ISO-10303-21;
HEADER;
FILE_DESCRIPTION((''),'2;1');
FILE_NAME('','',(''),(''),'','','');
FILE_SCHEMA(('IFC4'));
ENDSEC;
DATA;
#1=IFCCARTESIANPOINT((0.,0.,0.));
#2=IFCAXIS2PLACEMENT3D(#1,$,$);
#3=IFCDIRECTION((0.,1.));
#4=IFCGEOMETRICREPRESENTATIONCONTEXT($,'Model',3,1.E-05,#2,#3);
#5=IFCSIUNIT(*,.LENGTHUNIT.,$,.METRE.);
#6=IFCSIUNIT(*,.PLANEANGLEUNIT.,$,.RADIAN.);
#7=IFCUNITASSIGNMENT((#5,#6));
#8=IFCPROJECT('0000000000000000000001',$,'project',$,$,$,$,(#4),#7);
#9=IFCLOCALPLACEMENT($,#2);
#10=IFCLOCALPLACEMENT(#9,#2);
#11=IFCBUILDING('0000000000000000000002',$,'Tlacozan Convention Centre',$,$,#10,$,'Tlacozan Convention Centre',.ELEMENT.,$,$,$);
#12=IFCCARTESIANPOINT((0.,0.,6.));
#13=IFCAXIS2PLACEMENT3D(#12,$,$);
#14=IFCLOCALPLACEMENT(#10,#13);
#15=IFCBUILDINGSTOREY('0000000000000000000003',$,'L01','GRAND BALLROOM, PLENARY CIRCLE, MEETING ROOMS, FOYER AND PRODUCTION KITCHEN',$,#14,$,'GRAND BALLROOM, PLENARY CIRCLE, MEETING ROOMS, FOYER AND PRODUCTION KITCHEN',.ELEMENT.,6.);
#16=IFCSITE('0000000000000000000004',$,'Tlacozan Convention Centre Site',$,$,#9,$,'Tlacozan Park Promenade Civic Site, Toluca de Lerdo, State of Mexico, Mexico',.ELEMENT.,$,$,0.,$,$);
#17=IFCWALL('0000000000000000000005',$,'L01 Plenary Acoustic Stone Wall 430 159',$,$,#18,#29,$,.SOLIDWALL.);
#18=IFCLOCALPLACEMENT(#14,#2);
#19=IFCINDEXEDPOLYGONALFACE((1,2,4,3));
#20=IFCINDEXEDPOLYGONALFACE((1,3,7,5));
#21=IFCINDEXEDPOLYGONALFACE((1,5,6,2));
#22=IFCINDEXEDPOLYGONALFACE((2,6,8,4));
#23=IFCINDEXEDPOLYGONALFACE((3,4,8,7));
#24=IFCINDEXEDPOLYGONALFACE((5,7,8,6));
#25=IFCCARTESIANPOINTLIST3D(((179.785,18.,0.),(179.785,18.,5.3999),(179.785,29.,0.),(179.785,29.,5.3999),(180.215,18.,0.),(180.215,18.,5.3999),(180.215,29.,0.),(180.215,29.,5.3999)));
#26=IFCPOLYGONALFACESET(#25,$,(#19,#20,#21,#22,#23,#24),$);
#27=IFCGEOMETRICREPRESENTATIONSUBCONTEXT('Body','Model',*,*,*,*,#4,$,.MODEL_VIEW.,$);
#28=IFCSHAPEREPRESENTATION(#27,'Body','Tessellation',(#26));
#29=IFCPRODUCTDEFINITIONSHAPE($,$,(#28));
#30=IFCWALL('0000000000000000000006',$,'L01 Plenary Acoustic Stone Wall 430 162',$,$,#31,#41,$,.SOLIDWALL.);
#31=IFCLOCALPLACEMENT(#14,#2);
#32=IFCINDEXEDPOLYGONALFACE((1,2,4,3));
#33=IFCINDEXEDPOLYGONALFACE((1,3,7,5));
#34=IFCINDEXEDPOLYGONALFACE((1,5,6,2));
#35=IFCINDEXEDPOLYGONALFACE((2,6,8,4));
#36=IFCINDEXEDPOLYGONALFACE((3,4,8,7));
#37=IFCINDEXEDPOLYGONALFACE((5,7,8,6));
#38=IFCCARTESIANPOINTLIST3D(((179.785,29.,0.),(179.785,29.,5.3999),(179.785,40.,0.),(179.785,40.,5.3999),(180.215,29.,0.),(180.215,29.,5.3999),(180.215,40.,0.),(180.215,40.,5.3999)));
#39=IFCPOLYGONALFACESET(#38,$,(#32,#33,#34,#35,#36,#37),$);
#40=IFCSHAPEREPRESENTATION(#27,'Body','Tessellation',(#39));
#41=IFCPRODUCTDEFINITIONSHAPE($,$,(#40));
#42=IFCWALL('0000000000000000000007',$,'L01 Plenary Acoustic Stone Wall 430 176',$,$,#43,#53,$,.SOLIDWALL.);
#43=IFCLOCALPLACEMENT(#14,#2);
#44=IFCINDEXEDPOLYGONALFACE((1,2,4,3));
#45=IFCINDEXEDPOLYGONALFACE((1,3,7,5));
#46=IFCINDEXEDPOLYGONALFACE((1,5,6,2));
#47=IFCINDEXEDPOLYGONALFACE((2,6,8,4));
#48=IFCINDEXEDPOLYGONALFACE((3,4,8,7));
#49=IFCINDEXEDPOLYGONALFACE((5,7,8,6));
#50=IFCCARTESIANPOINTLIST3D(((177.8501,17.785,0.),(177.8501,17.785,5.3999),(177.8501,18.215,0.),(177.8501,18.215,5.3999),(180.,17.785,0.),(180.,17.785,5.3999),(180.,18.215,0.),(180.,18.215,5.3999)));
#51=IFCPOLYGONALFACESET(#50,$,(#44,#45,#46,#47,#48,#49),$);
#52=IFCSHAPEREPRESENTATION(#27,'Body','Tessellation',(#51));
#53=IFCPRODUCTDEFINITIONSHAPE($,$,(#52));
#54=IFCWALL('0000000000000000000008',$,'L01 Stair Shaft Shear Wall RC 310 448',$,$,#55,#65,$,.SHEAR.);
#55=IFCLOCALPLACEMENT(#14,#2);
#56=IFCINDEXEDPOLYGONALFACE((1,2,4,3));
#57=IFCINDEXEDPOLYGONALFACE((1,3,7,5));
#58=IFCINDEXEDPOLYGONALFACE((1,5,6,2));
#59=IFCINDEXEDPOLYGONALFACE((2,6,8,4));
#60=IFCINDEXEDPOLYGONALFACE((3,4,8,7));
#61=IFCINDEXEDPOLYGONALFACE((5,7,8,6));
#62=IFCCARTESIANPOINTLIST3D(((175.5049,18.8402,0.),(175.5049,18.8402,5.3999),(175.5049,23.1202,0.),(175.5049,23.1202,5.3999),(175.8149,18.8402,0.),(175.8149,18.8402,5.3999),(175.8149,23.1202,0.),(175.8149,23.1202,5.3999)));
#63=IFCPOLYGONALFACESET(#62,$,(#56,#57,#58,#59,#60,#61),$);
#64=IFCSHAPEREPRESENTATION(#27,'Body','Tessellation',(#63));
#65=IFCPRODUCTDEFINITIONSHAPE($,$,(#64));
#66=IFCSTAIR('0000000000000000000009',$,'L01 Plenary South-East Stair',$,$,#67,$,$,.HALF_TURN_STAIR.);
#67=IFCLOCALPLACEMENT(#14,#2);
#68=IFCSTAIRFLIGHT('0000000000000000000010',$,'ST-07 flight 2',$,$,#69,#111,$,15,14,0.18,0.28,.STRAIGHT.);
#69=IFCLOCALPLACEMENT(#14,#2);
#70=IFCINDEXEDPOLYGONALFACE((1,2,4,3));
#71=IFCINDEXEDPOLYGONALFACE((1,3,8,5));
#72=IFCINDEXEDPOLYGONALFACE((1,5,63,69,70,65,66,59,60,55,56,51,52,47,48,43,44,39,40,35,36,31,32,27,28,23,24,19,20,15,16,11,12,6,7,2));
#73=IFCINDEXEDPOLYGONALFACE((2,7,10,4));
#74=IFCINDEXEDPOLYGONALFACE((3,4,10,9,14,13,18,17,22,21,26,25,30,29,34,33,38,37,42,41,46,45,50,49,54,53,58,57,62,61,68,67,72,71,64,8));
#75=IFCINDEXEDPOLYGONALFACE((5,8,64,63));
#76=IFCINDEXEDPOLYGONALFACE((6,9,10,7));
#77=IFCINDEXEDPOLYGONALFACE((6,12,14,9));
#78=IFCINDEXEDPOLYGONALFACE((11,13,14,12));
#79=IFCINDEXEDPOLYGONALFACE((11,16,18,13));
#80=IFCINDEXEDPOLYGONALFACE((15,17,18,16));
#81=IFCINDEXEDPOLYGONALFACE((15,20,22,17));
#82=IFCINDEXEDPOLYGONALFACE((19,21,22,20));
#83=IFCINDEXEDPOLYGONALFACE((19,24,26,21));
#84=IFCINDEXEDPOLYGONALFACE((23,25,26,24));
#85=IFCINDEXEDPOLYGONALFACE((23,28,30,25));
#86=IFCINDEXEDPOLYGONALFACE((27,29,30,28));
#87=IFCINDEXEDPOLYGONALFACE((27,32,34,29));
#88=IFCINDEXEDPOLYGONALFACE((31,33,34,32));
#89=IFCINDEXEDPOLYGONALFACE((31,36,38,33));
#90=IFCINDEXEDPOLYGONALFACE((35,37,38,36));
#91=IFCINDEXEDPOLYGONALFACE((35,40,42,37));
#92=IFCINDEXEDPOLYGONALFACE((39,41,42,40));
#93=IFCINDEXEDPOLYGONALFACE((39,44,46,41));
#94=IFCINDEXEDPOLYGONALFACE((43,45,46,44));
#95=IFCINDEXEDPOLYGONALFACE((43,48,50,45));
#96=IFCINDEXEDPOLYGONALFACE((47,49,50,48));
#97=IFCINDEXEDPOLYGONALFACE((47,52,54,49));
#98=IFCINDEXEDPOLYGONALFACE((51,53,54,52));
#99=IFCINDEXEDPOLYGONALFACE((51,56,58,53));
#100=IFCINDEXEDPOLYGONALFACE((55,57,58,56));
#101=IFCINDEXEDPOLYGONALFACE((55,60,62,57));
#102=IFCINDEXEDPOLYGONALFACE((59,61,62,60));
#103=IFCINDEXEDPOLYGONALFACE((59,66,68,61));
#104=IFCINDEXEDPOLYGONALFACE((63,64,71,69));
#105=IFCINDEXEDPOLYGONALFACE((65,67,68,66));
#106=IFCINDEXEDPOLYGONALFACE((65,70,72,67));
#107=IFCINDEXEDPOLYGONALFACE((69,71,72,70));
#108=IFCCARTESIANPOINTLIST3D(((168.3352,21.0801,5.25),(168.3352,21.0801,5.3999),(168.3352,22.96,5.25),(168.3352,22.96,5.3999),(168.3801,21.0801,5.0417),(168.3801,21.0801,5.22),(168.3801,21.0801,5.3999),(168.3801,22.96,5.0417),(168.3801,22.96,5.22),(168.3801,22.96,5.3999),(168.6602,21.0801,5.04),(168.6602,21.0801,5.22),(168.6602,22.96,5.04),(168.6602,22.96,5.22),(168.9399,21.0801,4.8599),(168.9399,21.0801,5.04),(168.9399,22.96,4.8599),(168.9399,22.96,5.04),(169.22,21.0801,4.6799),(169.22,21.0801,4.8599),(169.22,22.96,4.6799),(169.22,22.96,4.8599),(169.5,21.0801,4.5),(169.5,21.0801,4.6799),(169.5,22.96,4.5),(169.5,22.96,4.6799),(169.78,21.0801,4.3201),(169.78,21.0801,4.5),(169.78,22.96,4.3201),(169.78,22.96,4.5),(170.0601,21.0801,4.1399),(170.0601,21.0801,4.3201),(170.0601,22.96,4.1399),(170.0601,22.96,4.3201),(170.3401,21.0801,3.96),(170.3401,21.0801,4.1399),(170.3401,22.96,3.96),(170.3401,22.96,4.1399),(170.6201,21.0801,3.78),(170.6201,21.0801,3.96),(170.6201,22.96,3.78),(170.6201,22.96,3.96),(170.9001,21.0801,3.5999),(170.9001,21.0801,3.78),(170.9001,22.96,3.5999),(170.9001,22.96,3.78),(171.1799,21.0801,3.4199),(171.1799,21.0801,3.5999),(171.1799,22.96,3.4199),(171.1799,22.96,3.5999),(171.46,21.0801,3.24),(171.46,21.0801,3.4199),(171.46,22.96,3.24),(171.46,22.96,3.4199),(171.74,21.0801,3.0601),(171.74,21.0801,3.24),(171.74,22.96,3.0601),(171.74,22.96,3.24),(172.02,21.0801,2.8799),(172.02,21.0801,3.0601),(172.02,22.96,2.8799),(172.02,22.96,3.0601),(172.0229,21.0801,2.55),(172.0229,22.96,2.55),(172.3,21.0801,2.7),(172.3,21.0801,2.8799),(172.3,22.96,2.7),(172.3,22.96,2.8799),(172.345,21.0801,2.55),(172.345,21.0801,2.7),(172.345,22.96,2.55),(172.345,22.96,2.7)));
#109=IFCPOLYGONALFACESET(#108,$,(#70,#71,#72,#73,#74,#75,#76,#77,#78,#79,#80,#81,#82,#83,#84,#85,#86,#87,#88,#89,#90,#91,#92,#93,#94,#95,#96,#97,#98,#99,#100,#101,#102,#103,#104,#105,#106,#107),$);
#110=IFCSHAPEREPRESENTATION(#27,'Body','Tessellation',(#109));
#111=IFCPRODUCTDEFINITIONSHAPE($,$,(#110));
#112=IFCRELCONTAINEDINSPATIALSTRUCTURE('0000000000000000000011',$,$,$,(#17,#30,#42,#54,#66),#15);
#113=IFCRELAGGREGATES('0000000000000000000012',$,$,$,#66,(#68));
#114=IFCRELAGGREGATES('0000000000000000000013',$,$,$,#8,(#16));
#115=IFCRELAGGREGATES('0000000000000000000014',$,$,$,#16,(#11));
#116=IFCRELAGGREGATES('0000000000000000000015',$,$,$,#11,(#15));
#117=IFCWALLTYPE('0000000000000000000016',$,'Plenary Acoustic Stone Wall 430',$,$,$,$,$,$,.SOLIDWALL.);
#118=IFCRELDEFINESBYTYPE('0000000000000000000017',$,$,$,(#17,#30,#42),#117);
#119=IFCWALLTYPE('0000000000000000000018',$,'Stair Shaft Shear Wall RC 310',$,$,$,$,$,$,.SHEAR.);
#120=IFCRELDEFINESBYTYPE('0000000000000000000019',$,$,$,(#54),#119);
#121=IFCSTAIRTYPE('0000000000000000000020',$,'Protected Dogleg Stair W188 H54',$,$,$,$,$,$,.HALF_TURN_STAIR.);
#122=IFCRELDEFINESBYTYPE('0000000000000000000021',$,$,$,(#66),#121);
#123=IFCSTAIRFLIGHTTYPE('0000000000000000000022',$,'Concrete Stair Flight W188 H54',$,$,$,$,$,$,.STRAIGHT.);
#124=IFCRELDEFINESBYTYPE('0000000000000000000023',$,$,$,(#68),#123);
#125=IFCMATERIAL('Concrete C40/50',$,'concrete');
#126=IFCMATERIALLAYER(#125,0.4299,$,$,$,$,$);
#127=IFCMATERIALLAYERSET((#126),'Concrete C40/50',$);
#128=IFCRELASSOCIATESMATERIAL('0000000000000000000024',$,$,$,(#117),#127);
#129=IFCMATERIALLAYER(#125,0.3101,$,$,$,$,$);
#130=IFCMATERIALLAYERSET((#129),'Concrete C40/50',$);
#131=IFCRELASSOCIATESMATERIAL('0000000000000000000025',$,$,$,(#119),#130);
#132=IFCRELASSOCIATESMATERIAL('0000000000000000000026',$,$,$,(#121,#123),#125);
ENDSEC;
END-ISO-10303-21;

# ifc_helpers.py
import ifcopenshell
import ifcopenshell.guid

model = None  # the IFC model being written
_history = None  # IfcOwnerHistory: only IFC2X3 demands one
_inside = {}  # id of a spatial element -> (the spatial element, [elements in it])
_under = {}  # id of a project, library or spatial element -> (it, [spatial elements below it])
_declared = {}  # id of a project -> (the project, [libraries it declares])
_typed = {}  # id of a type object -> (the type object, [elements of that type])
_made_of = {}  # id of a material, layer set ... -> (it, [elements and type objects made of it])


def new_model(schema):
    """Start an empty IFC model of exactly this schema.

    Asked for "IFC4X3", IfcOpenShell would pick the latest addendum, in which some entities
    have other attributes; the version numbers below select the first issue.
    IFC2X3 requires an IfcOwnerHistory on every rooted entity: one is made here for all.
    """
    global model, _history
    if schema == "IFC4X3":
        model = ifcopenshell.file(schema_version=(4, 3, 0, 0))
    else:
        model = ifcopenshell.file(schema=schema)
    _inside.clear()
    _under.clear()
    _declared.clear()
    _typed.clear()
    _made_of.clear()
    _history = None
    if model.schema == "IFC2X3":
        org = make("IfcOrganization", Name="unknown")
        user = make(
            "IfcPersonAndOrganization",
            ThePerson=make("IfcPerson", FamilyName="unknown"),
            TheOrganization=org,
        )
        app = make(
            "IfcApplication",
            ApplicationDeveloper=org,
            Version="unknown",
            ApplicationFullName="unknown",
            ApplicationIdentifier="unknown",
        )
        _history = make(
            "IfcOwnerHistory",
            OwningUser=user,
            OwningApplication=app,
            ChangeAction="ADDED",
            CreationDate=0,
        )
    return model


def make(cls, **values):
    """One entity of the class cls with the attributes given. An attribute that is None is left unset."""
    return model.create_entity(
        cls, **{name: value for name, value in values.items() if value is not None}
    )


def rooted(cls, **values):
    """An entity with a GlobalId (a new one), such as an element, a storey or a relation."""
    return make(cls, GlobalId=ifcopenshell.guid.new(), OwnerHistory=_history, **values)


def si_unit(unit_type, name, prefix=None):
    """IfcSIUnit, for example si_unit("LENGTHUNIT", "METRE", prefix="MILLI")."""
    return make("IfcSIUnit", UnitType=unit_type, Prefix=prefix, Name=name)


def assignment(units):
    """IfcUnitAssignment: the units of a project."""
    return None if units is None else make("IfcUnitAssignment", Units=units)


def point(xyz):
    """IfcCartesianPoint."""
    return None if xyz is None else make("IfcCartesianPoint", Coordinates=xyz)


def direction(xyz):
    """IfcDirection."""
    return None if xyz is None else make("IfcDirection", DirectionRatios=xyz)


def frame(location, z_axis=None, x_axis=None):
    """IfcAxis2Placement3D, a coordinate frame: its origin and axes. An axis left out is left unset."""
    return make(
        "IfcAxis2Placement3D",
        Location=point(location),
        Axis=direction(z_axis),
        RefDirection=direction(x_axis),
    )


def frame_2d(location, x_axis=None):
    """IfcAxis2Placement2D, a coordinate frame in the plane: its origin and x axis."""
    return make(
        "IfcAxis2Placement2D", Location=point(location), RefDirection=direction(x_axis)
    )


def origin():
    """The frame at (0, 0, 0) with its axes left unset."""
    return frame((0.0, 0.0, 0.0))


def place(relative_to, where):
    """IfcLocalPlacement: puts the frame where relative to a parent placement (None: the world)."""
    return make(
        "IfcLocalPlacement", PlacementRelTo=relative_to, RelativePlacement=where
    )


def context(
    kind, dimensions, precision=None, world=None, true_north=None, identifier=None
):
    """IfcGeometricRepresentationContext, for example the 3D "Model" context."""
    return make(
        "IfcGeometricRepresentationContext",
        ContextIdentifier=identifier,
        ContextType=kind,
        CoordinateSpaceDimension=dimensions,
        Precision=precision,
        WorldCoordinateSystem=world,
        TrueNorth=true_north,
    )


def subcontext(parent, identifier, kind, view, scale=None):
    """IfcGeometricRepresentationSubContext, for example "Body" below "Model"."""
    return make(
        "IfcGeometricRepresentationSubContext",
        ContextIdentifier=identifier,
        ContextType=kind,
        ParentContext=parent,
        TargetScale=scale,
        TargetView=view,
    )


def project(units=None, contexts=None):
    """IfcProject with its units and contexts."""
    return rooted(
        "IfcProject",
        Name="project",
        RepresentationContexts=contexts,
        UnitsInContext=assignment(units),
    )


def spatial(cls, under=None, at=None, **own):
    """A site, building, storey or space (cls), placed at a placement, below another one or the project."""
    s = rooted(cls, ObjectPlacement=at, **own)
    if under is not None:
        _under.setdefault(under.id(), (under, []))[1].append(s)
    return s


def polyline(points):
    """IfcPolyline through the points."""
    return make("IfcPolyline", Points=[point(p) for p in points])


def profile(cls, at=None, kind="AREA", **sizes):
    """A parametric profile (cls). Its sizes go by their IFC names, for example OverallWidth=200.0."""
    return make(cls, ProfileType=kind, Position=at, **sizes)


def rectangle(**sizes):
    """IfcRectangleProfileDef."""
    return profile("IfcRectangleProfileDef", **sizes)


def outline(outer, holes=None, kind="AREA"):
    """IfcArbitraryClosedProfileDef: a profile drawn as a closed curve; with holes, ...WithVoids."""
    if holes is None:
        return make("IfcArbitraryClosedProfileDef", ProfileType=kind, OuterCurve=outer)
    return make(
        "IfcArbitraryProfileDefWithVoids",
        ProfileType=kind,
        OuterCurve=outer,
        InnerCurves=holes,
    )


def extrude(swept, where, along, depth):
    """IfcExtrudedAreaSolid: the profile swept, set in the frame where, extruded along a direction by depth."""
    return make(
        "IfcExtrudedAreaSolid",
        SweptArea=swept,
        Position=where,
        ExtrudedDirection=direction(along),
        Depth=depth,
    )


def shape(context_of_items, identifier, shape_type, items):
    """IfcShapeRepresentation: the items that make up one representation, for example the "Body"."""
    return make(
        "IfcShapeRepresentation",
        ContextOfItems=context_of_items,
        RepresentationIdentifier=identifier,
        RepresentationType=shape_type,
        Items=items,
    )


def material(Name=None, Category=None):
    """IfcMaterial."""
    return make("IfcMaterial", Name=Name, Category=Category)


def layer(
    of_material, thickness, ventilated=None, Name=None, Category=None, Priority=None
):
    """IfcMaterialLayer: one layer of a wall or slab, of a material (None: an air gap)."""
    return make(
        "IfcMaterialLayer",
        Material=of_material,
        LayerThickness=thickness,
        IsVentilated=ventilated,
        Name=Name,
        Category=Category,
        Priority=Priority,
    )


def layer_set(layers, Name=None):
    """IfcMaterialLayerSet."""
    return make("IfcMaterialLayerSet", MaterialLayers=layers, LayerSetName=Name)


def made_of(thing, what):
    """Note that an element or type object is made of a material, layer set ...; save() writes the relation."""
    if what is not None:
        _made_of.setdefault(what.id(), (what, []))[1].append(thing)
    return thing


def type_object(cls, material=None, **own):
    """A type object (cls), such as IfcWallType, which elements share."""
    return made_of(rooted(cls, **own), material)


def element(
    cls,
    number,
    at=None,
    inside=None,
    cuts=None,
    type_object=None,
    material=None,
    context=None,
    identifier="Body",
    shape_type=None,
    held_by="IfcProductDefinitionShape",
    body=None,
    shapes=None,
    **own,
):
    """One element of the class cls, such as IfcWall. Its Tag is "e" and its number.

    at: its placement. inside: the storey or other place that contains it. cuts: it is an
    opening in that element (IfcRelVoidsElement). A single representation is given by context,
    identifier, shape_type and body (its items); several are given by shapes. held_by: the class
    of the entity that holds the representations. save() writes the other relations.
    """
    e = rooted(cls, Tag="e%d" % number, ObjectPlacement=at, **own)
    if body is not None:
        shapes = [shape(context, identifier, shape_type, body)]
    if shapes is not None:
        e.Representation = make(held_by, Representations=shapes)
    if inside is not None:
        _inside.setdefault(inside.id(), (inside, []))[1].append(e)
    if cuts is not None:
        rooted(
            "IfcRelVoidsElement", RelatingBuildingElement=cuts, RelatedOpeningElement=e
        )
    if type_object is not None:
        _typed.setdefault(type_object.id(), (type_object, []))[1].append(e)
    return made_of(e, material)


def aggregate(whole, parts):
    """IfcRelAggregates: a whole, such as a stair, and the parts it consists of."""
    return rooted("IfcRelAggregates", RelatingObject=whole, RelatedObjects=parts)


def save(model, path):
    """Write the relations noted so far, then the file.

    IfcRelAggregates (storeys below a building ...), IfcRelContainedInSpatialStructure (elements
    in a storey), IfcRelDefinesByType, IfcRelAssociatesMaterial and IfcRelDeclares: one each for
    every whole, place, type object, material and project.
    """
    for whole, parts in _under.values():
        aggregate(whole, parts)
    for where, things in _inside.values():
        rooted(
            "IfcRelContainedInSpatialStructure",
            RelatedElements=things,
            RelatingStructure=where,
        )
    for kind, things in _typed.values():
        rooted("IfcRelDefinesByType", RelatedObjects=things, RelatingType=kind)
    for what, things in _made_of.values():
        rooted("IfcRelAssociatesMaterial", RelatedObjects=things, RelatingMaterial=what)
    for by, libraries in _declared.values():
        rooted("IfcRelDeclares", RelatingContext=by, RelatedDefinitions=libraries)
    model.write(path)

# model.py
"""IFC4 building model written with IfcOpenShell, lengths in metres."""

from ifc_helpers import new_model, si_unit, direction, frame, frame_2d, origin, place, context, subcontext, project, spatial, polyline, rectangle, outline, extrude, material, layer, layer_set, type_object, element, aggregate, save


model = new_model("IFC4")

# Units and contexts
model_context = context("Model", 3, precision=1e-05, world=origin(), true_north=direction((0.0, 1.0)))
body_context = subcontext(model_context, "Body", "Model", "MODEL_VIEW")
ifc_project = project(units=[si_unit("LENGTHUNIT", "METRE"), si_unit("PLANEANGLEUNIT", "RADIAN")], contexts=[model_context])

# Site, building, storey
site_placement = place(None, origin())
site = spatial("IfcSite", under=ifc_project, at=site_placement, Name="Tlacozan Convention Centre Site", LongName="Tlacozan Park Promenade Civic Site, Toluca de Lerdo, State of Mexico, Mexico", CompositionType="ELEMENT", RefElevation=0.0)
building_placement = place(site_placement, origin())
building = spatial("IfcBuilding", under=site, at=building_placement, Name="Tlacozan Convention Centre", LongName="Tlacozan Convention Centre", CompositionType="ELEMENT")
storey_placement = place(building_placement, frame((0.0, 0.0, 6.0)))
storey = spatial("IfcBuildingStorey", under=building, at=storey_placement, Name="L01", Description="GRAND BALLROOM, PLENARY CIRCLE, MEETING ROOMS, FOYER AND PRODUCTION KITCHEN", LongName="GRAND BALLROOM, PLENARY CIRCLE, MEETING ROOMS, FOYER AND PRODUCTION KITCHEN", CompositionType="ELEMENT", Elevation=6.0)

# Shared definitions
ifc_material_1 = material(Name="Concrete C40/50", Category="concrete")

# Walls
ifc_layer_1 = layer(ifc_material_1, 0.4299)
ifc_layer_set_1 = layer_set([ifc_layer_1], Name="Concrete C40/50")
wall_type_1 = type_object("IfcWallType", Name="Plenary Acoustic Stone Wall 430", PredefinedType="SOLIDWALL", material=ifc_layer_set_1)
for number, where, z_axis, x_axis, name in (
    (1, (180.0, 18.0, 0.0), (0.0, 0.0, 1.0), (0.0, 1.0, 0.0), "L01 Plenary Acoustic Stone Wall 430 159"),
    (2, (180.0, 29.0, 0.0), (0.0, 0.0, 1.0), (0.0, 1.0, 0.0), "L01 Plenary Acoustic Stone Wall 430 162"),
):
    element("IfcWall", number, at=place(storey_placement, frame(where, z_axis=z_axis, x_axis=x_axis)), inside=storey, type_object=wall_type_1, Name=name, PredefinedType="SOLIDWALL", context=body_context, shape_type="SweptSolid", body=[
        extrude(rectangle(XDim=11.0, YDim=0.4299, at=frame_2d((5.5, 0.0))), origin(), (0.0, 0.0, 1.0), 5.3999),
    ])
wall_1_placement = place(storey_placement, frame((177.8501, 18.0, 0.0), z_axis=(0.0, 0.0, 1.0), x_axis=(1.0, 0.0, 0.0)))
element("IfcWall", 3, at=wall_1_placement, inside=storey, type_object=wall_type_1, Name="L01 Plenary Acoustic Stone Wall 430 176", PredefinedType="SOLIDWALL", context=body_context, shape_type="SweptSolid", body=[
    extrude(rectangle(XDim=2.1499, YDim=0.4299, at=frame_2d((1.075, 0.0))), origin(), (0.0, 0.0, 1.0), 5.3999),
])
ifc_layer_2 = layer(ifc_material_1, 0.3101)
ifc_layer_set_2 = layer_set([ifc_layer_2], Name="Concrete C40/50")
wall_type_2 = type_object("IfcWallType", Name="Stair Shaft Shear Wall RC 310", PredefinedType="SHEAR", material=ifc_layer_set_2)
wall_2_placement = place(storey_placement, frame((175.6599, 18.8401, 0.0), z_axis=(0.0, 0.0, 1.0), x_axis=(0.0, 1.0, 0.0)))
element("IfcWall", 4, at=wall_2_placement, inside=storey, type_object=wall_type_2, Name="L01 Stair Shaft Shear Wall RC 310 448", PredefinedType="SHEAR", context=body_context, shape_type="SweptSolid", body=[
    extrude(rectangle(XDim=4.28, YDim=0.3101, at=frame_2d((2.1401, 0.0))), origin(), (0.0, 0.0, 1.0), 5.3999),
])

# Stair, stair flight
stair_type = type_object("IfcStairType", Name="Protected Dogleg Stair W188 H54", PredefinedType="HALF_TURN_STAIR", material=ifc_material_1)
stair_placement = place(storey_placement, origin())
stair = element("IfcStair", 5, at=stair_placement, inside=storey, type_object=stair_type, Name="L01 Plenary South-East Stair", PredefinedType="HALF_TURN_STAIR")
stair_flight_type = type_object("IfcStairFlightType", Name="Concrete Stair Flight W188 H54", PredefinedType="STRAIGHT", material=ifc_material_1)
stair_flight_placement = place(storey_placement, frame((172.3, 22.02, 2.7), z_axis=(0.0, 0.0, 1.0), x_axis=(-1.0, 0.0, 0.0)))
stair_flight = element("IfcStairFlight", 6, at=stair_flight_placement, type_object=stair_flight_type, Name="ST-07 flight 2", NumberOfRisers=15, NumberOfTreads=14, PredefinedType="STRAIGHT", RiserHeight=0.18, TreadLength=0.28, context=body_context, shape_type="SweptSolid", body=[
    extrude(outline(polyline([(-0.0449, -0.1499), (-0.0449, 0.0), (0.0, 0.0), (0.0, 0.1799), (0.28, 0.1799), (0.28, 0.3601), (0.5601, 0.3601), (0.5601, 0.54), (0.8401, 0.54), (0.8401, 0.72), (1.1201, 0.72), (1.1201, 0.8999), (1.3999, 0.8999), (1.3999, 1.0801), (1.6799, 1.0801), (1.6799, 1.26), (1.96, 1.26), (1.96, 1.4399), (2.24, 1.4399), (2.24, 1.6201), (2.52, 1.6201), (2.52, 1.8), (2.8, 1.8), (2.8, 1.98), (3.0801, 1.98), (3.0801, 2.1599), (3.3601, 2.1599), (3.3601, 2.3401), (3.6399, 2.3401), (3.6399, 2.52), (3.9199, 2.52), (3.9199, 2.7), (3.9648, 2.7), (3.9648, 2.55), (3.9199, 2.3418), (0.2771, -0.1499), (-0.0449, -0.1499)])), frame((0.0, 0.9399, 0.0), z_axis=(0.0, -1.0, 0.0), x_axis=(1.0, 0.0, 0.0)), (0.0, 0.0, 1.0), 1.8799),
])
aggregate(stair, [stair_flight])

save(model, "model.ifc")
